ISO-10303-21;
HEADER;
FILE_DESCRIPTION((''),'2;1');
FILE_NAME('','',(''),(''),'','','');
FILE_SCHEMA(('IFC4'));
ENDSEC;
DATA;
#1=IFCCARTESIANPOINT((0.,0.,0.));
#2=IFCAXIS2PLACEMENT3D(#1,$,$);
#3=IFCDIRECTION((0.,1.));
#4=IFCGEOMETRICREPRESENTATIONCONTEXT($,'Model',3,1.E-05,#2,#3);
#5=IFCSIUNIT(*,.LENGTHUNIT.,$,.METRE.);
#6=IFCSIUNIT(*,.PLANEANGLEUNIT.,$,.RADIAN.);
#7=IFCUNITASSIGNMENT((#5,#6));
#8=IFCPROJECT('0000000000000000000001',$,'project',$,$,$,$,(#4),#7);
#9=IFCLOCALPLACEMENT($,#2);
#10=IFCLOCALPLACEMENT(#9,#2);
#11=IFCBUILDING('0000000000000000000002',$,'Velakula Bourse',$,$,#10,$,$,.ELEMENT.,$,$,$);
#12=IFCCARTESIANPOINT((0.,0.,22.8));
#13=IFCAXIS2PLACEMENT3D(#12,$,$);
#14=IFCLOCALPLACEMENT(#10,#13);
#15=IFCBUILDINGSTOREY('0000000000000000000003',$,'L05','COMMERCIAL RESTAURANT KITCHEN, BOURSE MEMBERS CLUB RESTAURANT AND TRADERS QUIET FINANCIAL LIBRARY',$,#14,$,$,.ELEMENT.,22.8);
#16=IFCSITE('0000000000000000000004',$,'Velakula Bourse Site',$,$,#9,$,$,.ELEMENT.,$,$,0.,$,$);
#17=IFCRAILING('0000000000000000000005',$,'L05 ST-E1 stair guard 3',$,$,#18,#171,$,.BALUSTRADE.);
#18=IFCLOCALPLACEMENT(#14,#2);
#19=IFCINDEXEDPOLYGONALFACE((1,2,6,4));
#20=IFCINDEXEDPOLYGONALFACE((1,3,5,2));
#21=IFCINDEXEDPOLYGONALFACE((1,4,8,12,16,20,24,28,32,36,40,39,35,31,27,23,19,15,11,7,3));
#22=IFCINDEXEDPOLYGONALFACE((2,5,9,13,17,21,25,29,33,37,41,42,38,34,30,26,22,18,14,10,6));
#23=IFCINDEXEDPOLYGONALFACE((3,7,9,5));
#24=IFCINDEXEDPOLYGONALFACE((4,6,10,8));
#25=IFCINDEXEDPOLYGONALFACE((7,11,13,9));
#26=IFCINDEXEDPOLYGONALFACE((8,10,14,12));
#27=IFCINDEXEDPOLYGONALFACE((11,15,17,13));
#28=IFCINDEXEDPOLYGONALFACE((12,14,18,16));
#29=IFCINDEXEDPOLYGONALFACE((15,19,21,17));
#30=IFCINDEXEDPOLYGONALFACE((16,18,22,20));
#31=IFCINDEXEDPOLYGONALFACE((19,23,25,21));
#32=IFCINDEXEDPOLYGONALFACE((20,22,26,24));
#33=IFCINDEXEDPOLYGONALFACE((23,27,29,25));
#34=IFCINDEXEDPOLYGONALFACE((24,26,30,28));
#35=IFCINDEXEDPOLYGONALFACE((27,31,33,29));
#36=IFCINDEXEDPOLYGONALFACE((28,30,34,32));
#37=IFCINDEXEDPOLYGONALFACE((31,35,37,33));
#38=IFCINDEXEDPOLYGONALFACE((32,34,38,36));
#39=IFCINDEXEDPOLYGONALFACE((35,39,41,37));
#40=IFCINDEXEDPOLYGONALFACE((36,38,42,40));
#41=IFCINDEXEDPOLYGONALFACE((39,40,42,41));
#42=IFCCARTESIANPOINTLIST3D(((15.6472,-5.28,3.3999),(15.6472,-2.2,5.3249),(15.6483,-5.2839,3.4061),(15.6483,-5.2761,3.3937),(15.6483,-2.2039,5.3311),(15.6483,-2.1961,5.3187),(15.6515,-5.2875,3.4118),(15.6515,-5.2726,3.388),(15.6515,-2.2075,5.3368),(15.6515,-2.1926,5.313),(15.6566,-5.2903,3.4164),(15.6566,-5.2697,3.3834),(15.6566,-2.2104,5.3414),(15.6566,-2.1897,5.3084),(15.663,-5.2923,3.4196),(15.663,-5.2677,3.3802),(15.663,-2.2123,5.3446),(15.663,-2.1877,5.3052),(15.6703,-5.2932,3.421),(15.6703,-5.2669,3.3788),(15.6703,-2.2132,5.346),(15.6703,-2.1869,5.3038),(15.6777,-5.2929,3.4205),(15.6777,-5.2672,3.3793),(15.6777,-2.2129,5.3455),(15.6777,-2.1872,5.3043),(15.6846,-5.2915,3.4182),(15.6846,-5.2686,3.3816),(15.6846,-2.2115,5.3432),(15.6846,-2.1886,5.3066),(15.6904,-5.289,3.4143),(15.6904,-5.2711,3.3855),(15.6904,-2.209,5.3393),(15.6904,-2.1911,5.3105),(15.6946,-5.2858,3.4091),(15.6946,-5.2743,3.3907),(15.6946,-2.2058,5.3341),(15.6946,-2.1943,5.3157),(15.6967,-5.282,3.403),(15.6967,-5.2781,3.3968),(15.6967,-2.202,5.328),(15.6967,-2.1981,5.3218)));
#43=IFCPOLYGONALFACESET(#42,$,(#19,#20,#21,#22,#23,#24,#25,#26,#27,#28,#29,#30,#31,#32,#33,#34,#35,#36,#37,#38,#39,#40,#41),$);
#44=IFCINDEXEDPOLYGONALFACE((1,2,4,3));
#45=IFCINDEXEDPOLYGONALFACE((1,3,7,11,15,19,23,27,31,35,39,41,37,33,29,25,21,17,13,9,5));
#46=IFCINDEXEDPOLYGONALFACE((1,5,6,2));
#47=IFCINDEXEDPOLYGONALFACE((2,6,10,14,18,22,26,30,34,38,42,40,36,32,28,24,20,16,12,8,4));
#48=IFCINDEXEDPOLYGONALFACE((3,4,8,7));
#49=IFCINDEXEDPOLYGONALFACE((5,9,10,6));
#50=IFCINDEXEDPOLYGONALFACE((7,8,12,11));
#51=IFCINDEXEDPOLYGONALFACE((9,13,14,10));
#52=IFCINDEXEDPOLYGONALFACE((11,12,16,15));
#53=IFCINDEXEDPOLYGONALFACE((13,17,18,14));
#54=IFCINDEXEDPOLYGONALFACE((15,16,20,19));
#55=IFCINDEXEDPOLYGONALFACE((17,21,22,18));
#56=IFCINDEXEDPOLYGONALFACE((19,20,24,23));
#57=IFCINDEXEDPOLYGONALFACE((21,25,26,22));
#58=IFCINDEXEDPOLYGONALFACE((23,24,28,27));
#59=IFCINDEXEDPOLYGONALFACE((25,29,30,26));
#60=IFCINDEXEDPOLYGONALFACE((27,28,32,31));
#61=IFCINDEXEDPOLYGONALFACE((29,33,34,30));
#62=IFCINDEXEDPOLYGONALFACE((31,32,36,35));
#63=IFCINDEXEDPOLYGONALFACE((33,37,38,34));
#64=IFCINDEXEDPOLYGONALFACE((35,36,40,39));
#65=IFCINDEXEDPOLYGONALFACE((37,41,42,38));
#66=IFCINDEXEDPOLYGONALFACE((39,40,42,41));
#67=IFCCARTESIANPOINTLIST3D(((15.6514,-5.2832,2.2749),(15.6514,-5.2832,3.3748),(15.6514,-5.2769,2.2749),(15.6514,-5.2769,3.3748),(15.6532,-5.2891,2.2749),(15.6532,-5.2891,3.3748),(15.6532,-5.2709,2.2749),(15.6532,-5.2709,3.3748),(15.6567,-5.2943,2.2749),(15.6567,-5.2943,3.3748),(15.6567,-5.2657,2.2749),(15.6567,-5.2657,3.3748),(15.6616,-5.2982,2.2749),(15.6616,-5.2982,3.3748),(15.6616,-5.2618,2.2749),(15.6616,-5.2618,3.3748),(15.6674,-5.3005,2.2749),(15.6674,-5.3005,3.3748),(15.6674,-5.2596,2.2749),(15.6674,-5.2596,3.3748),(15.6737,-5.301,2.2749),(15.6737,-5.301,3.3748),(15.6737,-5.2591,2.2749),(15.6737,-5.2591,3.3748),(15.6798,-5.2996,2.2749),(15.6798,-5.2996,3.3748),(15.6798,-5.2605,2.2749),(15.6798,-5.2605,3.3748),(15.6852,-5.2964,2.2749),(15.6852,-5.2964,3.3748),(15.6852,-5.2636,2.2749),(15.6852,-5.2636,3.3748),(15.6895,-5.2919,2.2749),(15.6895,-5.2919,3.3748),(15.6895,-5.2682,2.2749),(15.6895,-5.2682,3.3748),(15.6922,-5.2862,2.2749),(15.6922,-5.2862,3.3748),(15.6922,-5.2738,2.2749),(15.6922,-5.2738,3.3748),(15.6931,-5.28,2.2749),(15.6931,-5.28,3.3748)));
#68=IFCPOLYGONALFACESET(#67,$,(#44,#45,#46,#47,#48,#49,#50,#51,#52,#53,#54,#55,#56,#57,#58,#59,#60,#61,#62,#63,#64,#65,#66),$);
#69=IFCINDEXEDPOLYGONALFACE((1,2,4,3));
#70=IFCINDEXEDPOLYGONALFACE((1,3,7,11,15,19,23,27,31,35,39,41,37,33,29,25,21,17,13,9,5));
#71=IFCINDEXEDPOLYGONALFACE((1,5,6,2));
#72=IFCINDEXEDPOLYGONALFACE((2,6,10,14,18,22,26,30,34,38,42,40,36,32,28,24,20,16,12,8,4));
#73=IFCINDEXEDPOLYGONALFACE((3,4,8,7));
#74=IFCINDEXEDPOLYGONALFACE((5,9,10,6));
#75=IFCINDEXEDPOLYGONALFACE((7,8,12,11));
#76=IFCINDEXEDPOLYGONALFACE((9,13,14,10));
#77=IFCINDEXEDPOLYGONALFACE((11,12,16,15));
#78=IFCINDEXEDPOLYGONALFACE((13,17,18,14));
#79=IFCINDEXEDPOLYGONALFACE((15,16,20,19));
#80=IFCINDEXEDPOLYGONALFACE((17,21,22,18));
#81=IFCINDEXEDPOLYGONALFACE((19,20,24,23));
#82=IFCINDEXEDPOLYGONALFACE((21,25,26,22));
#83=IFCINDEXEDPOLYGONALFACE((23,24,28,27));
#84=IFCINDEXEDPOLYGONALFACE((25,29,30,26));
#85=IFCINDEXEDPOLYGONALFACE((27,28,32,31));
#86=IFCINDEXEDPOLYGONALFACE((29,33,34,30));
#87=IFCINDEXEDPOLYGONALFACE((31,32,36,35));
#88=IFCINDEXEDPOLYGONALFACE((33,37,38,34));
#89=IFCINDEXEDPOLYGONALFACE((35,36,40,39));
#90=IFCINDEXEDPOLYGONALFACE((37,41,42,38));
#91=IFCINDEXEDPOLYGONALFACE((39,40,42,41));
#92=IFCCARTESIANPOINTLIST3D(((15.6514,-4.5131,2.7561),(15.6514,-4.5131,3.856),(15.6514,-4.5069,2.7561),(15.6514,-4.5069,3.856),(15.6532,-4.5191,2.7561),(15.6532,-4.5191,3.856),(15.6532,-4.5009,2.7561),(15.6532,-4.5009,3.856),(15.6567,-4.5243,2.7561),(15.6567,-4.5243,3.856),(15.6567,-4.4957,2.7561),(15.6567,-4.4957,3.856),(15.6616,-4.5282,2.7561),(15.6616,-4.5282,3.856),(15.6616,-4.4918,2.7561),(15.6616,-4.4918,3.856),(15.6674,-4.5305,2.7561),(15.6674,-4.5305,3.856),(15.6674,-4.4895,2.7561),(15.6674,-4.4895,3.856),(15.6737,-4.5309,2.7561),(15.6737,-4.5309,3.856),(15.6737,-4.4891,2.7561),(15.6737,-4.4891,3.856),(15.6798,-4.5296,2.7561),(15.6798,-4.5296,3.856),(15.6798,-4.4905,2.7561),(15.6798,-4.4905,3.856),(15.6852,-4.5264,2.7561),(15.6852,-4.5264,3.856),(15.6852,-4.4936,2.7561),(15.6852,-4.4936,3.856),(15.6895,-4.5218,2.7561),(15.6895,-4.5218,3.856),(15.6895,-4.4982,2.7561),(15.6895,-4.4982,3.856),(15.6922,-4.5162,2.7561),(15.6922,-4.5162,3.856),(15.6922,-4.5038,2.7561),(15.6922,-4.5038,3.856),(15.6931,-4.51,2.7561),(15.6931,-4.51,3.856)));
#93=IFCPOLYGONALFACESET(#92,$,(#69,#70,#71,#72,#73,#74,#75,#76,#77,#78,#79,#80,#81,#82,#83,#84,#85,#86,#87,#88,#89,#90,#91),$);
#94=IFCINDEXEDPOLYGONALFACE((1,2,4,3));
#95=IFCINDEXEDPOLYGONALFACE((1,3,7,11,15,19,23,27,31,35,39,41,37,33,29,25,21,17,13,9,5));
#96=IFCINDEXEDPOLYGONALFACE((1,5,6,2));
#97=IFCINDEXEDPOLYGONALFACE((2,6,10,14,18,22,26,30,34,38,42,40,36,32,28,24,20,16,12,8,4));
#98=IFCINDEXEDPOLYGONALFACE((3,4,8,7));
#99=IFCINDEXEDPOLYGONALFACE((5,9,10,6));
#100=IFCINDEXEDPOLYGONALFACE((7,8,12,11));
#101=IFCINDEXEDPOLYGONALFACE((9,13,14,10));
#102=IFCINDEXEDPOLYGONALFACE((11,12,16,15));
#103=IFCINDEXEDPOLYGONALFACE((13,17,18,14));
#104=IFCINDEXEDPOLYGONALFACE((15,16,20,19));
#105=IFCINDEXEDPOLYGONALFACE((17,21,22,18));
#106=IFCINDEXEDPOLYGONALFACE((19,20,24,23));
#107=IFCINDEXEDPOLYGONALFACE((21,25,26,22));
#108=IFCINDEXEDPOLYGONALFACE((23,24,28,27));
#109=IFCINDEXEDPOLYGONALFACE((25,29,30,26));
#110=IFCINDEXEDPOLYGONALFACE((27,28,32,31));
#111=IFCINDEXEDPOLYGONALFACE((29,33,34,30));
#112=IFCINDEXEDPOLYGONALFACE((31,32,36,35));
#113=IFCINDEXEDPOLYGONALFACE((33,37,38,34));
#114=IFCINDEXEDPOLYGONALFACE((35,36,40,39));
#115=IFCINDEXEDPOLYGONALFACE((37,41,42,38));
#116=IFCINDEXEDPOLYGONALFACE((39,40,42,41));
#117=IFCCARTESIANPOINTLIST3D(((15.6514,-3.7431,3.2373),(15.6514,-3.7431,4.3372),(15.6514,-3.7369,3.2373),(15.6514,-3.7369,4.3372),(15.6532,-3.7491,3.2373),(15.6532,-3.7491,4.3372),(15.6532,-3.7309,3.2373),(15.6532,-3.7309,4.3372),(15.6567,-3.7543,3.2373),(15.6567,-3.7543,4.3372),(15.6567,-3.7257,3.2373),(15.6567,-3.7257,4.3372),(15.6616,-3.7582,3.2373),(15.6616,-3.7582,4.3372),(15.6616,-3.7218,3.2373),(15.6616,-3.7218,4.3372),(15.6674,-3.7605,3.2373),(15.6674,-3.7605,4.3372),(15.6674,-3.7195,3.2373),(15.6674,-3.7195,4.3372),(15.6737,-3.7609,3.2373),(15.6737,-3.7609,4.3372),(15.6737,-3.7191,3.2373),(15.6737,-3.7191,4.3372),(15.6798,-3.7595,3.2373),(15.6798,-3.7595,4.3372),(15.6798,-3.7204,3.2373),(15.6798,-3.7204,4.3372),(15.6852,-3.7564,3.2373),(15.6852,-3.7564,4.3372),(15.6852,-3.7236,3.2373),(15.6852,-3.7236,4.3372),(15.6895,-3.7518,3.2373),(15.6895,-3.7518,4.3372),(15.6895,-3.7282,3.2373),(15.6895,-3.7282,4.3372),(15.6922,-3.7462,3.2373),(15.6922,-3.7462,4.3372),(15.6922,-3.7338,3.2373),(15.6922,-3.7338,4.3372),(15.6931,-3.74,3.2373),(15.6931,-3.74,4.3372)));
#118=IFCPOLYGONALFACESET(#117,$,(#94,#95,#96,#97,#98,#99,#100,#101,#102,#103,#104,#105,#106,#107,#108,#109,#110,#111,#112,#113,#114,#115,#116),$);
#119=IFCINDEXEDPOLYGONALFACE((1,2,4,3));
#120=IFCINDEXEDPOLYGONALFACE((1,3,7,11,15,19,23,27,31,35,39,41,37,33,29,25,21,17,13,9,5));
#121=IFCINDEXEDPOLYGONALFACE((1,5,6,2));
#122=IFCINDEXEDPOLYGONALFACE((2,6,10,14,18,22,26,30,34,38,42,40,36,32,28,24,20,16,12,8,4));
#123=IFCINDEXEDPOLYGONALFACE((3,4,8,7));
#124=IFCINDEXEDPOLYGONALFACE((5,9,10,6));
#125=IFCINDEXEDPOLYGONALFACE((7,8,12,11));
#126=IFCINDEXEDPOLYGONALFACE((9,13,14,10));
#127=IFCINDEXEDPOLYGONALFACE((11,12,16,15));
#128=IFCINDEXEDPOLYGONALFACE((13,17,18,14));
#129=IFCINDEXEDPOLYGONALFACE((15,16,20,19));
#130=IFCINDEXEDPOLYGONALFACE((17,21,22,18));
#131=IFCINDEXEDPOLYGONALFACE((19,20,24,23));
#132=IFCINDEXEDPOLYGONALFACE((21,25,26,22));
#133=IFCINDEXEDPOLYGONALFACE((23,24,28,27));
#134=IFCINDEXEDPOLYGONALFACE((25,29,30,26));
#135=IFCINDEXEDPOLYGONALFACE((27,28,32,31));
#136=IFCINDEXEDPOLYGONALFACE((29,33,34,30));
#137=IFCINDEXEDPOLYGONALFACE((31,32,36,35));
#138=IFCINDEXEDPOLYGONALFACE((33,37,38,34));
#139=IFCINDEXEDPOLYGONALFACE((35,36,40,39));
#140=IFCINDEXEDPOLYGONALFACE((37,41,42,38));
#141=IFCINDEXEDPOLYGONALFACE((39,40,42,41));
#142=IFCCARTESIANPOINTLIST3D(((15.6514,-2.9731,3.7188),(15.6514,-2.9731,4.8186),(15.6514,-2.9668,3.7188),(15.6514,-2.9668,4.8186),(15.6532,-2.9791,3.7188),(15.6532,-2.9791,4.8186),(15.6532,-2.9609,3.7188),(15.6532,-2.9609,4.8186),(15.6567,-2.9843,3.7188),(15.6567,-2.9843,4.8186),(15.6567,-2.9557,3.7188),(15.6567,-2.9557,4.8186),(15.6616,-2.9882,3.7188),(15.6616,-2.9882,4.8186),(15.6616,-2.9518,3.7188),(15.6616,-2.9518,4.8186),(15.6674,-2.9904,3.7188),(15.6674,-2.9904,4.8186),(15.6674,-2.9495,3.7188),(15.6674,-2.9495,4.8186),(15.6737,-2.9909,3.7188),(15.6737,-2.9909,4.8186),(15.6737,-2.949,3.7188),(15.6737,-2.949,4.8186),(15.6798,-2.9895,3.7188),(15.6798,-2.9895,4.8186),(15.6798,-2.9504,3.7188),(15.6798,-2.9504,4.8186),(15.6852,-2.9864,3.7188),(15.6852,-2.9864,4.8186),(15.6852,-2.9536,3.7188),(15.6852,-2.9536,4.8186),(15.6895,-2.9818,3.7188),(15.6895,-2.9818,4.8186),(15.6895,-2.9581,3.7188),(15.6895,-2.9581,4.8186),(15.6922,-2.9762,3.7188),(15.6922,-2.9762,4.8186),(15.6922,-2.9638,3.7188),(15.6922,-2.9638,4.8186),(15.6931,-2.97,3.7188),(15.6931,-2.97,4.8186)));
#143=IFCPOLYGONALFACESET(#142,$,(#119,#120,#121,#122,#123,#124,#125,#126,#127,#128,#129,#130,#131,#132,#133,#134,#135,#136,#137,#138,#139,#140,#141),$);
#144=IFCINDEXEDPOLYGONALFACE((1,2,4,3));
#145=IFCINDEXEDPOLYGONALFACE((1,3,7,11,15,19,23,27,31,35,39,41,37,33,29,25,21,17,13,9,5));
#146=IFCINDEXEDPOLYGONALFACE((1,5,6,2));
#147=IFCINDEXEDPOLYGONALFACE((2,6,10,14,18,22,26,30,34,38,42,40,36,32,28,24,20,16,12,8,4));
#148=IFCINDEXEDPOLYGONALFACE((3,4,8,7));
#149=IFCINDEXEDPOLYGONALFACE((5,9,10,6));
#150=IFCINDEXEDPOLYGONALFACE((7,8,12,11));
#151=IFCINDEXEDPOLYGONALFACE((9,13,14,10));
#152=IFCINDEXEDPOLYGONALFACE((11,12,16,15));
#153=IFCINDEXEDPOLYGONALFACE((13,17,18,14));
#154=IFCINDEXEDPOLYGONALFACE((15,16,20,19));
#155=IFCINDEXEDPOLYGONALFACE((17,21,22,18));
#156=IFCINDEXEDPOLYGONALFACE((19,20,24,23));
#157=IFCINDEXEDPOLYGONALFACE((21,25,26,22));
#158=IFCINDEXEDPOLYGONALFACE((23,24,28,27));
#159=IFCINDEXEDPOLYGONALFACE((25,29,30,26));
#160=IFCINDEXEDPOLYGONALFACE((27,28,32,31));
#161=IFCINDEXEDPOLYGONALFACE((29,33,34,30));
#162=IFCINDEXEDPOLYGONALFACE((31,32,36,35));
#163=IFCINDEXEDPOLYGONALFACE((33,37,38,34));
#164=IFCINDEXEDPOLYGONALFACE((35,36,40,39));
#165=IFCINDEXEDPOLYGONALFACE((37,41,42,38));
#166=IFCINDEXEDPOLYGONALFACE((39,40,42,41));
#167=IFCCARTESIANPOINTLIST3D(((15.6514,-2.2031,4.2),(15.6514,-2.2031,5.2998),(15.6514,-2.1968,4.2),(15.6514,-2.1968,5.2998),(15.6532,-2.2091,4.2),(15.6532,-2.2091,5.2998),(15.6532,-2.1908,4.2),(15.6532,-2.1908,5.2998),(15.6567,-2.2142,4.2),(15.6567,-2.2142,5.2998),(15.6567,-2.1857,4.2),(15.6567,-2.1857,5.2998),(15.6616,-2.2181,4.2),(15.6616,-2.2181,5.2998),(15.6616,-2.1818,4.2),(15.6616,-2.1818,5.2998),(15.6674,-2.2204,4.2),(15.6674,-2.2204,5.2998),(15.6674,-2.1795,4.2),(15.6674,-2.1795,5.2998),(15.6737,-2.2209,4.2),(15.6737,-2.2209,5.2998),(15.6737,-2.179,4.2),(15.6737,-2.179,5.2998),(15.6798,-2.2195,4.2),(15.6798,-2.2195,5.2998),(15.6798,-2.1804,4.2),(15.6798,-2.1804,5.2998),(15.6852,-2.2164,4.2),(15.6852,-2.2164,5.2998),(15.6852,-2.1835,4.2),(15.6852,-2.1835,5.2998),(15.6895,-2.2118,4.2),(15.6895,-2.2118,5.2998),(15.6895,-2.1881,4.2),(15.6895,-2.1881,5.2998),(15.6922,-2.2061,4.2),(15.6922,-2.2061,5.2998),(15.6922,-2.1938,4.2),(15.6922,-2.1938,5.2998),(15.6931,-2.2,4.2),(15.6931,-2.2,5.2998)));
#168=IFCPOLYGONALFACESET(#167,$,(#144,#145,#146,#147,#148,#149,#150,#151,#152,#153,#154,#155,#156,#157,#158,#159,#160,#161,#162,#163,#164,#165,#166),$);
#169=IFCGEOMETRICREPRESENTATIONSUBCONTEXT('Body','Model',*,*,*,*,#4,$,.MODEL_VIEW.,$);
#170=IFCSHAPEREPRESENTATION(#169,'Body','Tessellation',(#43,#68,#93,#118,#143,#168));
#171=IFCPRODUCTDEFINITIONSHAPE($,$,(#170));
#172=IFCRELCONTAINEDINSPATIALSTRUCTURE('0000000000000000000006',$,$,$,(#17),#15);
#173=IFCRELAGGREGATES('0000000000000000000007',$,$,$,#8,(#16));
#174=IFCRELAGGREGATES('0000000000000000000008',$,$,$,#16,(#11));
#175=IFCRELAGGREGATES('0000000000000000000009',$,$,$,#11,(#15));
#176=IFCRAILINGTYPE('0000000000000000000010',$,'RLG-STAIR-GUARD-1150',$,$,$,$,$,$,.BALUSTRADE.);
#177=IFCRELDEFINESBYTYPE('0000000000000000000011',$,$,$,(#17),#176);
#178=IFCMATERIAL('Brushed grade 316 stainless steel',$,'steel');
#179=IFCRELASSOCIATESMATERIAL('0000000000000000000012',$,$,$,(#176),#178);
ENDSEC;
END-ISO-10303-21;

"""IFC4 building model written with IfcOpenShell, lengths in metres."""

from ifc_helpers import new_model, si_unit, direction, frame, origin, origin_2d, place, context, subcontext, project, spatial, circle, extrude, material, type_object, element, save


model = new_model("IFC4")

# Units and contexts
model_context = context("Model", 3, precision=1e-05, world=origin(), true_north=direction((0.0, 1.0)))
body_context = subcontext(model_context, "Body", "Model", "MODEL_VIEW")
ifc_project = project(units=[si_unit("LENGTHUNIT", "METRE"), si_unit("PLANEANGLEUNIT", "RADIAN")], contexts=[model_context])

# Site, building, storey
site_placement = place(None, origin())
site = spatial("IfcSite", under=ifc_project, at=site_placement, Name="Velakula Bourse Site", CompositionType="ELEMENT", RefElevation=0.0)
building_placement = place(site_placement, origin())
building = spatial("IfcBuilding", under=site, at=building_placement, Name="Velakula Bourse", CompositionType="ELEMENT")
storey_placement = place(building_placement, frame((0.0, 0.0, 22.8)))
storey = spatial("IfcBuildingStorey", under=building, at=storey_placement, Name="L05", Description="COMMERCIAL RESTAURANT KITCHEN, BOURSE MEMBERS CLUB RESTAURANT AND TRADERS QUIET FINANCIAL LIBRARY", CompositionType="ELEMENT", Elevation=22.8)

# Shared definitions
ifc_material_1 = material(Name="Brushed grade 316 stainless steel", Category="steel")

# Railing
railing_type_1 = type_object("IfcRailingType", Name="RLG-STAIR-GUARD-1150", PredefinedType="BALUSTRADE", material=ifc_material_1)
railing_1_placement = place(storey_placement, frame((15.6721, -5.28, 2.2749)))
element("IfcRailing", 1, at=railing_1_placement, inside=storey, type_object=railing_type_1, Name="L05 ST-E1 stair guard 3", PredefinedType="BALUSTRADE", context=body_context, shape_type="SweptSolid", body=[
    extrude(circle(Radius=0.0249, at=origin_2d()), frame((0.0, 0.0, 1.125), z_axis=(0.0, 0.847998, 0.529999), x_axis=(-1.0, 0.0, 0.0)), (0.0, 0.0, 1.0), 3.6321),
    extrude(circle(Radius=0.021, at=origin_2d()), origin(), (0.0, 0.0, 1.0), 1.0999),
    extrude(circle(Radius=0.021, at=origin_2d()), frame((0.0, 0.77, 0.4812)), (0.0, 0.0, 1.0), 1.0999),
    extrude(circle(Radius=0.021, at=origin_2d()), frame((0.0, 1.54, 0.9624)), (0.0, 0.0, 1.0), 1.0999),
    extrude(circle(Radius=0.021, at=origin_2d()), frame((0.0, 2.3101, 1.4438)), (0.0, 0.0, 1.0), 1.0999),
    extrude(circle(Radius=0.021, at=origin_2d()), frame((0.0, 3.0801, 1.925)), (0.0, 0.0, 1.0), 1.0999),
])

save(model, "model.ifc")
